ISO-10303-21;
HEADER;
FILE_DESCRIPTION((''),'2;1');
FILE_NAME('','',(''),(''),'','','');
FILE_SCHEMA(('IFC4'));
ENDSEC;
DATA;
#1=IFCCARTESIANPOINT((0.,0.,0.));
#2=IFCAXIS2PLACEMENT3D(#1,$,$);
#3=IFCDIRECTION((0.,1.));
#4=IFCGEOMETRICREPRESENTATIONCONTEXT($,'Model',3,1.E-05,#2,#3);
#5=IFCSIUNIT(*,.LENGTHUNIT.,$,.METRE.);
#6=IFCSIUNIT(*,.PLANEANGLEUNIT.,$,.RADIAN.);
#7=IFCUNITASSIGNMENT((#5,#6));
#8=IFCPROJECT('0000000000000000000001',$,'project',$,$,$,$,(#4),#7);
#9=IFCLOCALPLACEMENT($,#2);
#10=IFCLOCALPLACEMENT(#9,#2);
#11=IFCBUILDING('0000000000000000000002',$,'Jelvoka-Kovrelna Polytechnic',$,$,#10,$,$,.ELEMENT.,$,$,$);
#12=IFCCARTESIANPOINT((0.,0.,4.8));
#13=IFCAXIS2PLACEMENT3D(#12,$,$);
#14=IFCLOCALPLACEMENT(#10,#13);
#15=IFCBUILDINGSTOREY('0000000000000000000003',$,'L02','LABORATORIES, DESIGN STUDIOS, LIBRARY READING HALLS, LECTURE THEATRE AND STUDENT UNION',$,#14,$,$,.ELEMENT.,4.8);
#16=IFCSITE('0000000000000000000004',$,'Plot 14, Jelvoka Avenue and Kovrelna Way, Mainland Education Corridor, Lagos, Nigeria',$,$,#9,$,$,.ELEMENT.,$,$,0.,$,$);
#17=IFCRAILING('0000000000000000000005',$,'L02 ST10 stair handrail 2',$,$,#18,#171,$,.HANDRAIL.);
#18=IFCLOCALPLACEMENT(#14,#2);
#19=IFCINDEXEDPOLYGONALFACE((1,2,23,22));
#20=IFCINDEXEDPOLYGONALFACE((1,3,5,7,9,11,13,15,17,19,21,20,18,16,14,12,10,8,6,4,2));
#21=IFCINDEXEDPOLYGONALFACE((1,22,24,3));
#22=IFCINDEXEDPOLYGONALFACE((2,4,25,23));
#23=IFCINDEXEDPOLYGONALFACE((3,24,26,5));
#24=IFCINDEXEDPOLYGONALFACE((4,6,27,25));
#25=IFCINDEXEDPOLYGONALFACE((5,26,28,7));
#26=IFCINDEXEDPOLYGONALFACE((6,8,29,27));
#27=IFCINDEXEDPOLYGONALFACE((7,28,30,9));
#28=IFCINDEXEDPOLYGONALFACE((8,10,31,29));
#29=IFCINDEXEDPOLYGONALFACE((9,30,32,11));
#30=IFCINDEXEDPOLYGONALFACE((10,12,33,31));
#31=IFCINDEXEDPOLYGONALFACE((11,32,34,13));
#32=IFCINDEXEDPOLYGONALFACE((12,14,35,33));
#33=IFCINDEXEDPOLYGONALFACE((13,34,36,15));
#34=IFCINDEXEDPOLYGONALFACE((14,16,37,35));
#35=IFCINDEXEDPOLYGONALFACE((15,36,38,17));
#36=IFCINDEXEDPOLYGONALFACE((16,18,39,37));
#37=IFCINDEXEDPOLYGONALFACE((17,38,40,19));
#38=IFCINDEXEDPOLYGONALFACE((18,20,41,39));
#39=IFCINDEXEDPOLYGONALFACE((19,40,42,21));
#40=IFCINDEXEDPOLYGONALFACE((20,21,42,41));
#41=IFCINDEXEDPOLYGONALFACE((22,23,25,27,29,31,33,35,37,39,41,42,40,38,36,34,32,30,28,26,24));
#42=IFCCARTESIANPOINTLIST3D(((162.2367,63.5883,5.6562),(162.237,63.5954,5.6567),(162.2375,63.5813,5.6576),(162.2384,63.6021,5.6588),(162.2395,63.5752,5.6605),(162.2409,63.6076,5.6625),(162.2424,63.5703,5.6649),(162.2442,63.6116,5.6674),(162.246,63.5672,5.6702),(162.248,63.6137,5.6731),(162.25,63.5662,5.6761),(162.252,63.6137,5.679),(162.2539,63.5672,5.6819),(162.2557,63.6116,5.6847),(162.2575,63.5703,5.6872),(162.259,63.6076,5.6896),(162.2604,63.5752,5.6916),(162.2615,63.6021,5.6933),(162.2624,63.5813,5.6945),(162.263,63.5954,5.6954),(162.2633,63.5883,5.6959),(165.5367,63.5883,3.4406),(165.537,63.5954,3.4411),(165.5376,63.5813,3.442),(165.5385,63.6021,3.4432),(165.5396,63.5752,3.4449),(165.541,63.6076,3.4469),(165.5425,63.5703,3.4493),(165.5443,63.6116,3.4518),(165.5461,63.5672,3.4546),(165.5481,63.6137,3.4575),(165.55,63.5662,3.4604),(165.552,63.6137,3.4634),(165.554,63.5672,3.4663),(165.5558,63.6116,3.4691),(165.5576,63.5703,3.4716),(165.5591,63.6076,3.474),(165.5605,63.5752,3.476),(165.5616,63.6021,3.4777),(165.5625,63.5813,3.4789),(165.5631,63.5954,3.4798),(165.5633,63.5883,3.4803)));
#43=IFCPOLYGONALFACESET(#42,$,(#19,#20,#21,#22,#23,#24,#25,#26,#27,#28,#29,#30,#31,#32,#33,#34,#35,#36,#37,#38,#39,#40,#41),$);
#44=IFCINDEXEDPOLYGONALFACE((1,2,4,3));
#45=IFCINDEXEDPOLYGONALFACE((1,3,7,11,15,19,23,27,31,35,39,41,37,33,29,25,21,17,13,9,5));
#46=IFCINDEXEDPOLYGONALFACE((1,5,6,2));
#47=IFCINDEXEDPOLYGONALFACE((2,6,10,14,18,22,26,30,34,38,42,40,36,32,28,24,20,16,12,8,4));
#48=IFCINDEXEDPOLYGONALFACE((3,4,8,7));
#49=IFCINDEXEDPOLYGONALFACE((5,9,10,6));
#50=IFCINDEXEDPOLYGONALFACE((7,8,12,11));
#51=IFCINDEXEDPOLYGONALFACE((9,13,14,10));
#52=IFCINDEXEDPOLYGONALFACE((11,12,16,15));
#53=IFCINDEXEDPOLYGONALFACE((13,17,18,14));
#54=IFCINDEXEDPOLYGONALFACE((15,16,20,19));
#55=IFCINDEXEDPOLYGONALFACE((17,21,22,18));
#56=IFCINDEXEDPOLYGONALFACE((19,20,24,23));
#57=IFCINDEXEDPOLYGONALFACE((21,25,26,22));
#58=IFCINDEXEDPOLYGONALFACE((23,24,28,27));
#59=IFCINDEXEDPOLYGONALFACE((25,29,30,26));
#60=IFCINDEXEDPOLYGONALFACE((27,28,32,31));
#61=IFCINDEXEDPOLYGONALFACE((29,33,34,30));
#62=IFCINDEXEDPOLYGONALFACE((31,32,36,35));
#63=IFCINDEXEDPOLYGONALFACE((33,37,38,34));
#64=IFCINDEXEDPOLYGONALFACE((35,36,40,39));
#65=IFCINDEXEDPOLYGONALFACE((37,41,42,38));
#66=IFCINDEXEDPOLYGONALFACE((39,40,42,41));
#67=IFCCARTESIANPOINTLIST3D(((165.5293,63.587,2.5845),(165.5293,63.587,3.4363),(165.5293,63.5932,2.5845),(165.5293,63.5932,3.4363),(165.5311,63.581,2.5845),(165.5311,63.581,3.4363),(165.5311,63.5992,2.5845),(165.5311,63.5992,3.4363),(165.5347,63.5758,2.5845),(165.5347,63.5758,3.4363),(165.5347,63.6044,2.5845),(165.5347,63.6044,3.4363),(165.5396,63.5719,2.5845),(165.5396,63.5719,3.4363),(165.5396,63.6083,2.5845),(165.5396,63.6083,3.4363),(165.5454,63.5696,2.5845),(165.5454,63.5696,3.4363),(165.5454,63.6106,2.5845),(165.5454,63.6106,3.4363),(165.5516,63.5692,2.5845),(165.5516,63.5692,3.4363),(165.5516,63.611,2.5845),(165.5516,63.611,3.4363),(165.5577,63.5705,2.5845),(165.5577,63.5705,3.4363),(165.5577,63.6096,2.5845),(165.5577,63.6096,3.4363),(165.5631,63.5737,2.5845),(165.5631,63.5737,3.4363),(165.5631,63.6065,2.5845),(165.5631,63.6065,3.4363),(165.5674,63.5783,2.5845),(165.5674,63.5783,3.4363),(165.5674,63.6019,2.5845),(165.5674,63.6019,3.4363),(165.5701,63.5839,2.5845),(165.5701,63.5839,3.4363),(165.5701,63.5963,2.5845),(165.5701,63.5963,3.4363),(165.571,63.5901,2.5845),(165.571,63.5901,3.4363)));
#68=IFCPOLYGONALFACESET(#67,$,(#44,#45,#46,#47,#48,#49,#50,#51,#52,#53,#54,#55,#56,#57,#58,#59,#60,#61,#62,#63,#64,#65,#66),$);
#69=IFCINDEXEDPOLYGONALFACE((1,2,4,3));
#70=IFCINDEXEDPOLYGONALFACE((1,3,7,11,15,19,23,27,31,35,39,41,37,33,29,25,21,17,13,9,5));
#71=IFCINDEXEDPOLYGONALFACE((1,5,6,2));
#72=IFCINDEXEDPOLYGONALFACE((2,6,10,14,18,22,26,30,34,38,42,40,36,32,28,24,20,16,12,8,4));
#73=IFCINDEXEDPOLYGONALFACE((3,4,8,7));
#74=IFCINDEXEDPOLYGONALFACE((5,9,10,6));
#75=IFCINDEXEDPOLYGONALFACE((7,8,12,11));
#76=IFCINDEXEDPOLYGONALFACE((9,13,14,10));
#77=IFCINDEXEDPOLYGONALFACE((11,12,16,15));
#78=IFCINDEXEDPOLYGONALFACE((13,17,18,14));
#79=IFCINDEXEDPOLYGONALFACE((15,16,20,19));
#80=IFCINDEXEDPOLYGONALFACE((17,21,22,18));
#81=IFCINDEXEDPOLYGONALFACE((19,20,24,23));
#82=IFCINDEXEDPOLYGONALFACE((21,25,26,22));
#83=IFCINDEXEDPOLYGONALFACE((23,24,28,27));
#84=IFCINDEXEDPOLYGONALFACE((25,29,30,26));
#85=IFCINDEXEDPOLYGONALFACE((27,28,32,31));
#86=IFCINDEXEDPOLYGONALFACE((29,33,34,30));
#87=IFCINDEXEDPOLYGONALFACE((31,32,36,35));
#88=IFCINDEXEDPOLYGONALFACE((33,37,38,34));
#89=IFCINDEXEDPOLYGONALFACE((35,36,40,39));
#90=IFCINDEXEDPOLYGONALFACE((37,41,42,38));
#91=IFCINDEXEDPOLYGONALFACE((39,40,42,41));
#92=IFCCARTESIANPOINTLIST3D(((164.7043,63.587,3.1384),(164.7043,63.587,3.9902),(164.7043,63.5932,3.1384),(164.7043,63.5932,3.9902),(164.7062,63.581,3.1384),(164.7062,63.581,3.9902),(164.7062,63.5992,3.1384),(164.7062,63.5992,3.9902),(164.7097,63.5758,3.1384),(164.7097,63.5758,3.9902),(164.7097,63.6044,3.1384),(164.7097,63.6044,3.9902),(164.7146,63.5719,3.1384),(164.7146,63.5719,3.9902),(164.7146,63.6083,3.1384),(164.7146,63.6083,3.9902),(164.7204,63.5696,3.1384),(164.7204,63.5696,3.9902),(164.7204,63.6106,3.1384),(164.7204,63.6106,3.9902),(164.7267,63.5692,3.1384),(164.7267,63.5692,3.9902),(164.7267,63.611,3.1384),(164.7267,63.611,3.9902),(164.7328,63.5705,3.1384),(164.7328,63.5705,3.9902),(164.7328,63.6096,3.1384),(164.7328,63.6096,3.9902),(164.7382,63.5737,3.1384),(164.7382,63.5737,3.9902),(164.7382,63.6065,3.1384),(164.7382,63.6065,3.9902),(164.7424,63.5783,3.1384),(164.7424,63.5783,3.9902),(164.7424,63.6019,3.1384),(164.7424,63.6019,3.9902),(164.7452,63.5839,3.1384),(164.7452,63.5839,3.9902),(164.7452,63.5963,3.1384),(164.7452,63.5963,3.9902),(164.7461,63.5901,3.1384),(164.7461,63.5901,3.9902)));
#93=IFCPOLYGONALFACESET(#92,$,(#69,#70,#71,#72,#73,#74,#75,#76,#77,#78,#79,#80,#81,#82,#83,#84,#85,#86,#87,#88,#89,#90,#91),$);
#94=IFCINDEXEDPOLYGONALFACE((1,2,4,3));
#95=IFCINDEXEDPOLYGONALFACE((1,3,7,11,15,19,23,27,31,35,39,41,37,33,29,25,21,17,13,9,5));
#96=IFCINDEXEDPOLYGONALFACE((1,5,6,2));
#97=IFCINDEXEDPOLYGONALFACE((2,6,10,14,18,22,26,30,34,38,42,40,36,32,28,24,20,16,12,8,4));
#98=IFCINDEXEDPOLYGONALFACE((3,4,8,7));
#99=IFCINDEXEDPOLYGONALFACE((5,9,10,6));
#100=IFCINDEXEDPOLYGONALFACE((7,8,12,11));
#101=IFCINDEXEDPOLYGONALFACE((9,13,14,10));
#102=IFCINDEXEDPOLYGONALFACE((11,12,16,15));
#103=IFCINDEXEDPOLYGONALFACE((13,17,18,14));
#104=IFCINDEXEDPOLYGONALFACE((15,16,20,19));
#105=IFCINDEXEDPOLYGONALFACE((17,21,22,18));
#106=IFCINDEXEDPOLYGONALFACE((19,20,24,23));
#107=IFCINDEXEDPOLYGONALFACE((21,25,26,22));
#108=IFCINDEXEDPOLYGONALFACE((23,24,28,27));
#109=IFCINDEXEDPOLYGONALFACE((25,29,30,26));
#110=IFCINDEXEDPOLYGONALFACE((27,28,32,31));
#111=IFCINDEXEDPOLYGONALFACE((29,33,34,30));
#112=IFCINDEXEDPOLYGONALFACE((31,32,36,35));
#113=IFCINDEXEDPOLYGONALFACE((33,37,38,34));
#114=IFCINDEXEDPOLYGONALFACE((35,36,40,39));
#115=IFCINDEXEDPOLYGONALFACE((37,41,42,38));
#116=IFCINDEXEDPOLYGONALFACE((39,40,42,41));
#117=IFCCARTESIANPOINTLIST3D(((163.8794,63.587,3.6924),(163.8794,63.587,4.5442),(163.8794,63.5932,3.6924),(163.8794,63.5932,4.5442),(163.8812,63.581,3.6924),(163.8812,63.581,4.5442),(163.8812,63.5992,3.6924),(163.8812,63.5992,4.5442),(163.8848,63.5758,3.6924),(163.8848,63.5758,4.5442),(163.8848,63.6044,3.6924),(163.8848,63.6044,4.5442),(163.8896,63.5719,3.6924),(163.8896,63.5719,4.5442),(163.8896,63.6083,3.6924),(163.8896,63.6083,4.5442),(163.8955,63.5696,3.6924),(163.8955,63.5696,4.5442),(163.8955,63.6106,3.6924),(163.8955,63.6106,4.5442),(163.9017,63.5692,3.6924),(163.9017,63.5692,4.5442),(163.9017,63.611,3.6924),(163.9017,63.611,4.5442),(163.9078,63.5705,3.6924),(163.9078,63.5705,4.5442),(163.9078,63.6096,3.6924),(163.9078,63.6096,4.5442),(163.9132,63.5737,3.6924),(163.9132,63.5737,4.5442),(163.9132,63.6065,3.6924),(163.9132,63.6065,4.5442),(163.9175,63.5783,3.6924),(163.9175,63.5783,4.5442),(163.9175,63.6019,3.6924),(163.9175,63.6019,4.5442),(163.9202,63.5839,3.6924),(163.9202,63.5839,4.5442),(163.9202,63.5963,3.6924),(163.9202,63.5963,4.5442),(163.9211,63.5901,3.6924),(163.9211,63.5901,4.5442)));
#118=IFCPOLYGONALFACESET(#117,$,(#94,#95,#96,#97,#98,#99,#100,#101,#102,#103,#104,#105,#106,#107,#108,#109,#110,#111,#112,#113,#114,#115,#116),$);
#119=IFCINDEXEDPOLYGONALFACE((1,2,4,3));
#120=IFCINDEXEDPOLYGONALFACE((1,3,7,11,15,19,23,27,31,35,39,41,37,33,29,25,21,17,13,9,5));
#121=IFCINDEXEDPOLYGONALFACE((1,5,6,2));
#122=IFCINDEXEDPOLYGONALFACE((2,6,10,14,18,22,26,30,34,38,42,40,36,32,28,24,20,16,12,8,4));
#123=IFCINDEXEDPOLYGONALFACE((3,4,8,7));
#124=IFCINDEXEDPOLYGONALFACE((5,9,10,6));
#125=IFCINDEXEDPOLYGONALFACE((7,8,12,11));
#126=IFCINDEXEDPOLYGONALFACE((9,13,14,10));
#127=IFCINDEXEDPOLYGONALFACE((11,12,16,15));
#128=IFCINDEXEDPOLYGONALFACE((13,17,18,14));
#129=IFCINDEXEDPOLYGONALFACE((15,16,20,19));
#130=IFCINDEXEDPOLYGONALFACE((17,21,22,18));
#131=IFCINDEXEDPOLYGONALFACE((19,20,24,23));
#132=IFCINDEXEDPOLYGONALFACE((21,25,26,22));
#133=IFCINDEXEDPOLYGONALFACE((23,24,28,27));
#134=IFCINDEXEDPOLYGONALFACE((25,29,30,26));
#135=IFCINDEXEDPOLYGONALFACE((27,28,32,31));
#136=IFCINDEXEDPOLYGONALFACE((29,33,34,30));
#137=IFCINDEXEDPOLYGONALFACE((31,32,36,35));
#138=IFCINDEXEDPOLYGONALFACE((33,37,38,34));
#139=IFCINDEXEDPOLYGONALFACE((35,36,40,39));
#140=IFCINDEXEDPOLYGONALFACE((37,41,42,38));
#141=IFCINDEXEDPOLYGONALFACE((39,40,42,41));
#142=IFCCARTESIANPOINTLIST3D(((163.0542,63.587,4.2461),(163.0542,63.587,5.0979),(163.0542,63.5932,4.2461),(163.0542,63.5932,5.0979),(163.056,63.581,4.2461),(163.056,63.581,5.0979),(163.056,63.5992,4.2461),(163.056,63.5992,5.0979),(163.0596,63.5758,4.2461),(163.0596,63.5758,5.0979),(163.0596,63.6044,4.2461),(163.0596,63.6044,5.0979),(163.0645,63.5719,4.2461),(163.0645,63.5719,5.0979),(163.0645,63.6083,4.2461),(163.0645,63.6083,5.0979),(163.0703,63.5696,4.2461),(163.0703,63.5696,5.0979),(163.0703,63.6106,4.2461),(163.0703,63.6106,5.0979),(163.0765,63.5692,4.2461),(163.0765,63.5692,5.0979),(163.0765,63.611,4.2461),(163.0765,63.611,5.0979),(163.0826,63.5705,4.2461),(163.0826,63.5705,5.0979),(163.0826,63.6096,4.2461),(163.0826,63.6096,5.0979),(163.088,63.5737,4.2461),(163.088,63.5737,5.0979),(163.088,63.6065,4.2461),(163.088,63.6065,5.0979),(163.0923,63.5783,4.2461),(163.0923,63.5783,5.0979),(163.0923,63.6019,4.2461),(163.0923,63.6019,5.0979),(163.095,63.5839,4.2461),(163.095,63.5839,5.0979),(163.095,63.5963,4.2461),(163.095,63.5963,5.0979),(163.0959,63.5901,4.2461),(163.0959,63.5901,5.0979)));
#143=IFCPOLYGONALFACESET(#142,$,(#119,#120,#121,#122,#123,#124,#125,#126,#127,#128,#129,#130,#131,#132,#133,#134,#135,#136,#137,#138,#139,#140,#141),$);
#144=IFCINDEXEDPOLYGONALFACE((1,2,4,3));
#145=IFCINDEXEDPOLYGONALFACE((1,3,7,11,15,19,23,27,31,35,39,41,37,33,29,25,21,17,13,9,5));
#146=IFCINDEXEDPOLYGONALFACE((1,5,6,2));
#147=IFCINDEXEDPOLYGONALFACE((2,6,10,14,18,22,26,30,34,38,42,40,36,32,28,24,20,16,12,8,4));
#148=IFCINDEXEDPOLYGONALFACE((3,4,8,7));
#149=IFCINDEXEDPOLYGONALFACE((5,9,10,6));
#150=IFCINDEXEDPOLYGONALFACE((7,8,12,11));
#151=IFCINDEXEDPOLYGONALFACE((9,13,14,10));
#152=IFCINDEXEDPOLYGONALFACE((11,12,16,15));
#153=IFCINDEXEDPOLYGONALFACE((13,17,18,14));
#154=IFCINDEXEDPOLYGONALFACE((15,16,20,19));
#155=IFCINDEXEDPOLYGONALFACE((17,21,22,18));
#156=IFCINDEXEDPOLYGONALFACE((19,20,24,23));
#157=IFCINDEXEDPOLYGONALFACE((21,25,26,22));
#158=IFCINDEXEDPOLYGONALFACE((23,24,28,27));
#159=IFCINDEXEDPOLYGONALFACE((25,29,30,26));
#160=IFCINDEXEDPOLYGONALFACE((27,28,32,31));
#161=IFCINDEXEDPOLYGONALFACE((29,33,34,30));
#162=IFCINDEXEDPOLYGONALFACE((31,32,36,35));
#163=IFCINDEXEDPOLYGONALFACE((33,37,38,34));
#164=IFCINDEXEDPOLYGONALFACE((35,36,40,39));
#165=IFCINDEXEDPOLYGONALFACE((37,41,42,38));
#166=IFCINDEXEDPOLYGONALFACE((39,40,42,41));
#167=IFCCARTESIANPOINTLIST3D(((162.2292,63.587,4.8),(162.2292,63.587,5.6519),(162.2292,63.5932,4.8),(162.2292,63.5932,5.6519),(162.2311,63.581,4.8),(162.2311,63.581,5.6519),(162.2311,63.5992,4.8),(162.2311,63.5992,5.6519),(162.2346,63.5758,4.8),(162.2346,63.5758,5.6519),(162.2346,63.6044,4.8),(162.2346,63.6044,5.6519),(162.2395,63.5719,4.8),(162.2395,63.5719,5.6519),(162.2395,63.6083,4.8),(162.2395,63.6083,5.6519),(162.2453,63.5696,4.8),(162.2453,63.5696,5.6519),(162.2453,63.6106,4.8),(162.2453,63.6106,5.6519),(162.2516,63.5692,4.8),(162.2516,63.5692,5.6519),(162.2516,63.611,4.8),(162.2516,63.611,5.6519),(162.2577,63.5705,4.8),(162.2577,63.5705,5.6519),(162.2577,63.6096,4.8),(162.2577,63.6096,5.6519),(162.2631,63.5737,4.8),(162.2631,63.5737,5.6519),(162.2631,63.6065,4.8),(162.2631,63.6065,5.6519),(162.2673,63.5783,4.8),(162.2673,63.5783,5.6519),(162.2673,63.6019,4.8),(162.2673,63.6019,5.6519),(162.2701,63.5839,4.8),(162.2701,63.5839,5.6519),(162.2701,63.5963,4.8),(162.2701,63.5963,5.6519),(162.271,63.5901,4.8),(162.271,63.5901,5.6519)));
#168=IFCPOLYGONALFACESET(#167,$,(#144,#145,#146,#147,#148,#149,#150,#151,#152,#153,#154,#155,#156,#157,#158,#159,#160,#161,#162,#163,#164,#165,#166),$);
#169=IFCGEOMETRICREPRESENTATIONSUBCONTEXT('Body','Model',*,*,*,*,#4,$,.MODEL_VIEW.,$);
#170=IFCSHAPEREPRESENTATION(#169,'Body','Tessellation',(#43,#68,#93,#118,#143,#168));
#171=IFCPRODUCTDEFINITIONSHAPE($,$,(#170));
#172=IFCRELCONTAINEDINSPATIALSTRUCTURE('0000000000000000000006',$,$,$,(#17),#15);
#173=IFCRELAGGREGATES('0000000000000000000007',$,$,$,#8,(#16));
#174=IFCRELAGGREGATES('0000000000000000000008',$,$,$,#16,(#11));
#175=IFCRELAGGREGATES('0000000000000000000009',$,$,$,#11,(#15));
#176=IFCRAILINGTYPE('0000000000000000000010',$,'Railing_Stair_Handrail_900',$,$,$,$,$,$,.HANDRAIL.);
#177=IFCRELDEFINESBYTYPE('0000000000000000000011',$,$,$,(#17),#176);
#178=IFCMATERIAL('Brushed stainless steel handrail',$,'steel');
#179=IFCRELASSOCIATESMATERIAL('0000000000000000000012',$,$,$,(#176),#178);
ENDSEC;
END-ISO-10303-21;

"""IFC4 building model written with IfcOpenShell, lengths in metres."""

from ifc_helpers import new_model, si_unit, direction, frame, origin, origin_2d, place, context, subcontext, project, spatial, circle, extrude, material, type_object, element, save


model = new_model("IFC4")

# Units and contexts
model_context = context("Model", 3, precision=1e-05, world=origin(), true_north=direction((0.0, 1.0)))
body_context = subcontext(model_context, "Body", "Model", "MODEL_VIEW")
ifc_project = project(units=[si_unit("LENGTHUNIT", "METRE"), si_unit("PLANEANGLEUNIT", "RADIAN")], contexts=[model_context])

# Site, building, storey
site_placement = place(None, origin())
site = spatial("IfcSite", under=ifc_project, at=site_placement, Name="Plot 14, Jelvoka Avenue and Kovrelna Way, Mainland Education Corridor, Lagos, Nigeria", CompositionType="ELEMENT", RefElevation=0.0)
building_placement = place(site_placement, origin())
building = spatial("IfcBuilding", under=site, at=building_placement, Name="Jelvoka-Kovrelna Polytechnic", CompositionType="ELEMENT")
storey_placement = place(building_placement, frame((0.0, 0.0, 4.8)))
storey = spatial("IfcBuildingStorey", under=building, at=storey_placement, Name="L02", Description="LABORATORIES, DESIGN STUDIOS, LIBRARY READING HALLS, LECTURE THEATRE AND STUDENT UNION", CompositionType="ELEMENT", Elevation=4.8)

# Railing
ifc_material_1 = material(Name="Brushed stainless steel handrail", Category="steel")
railing_type_1 = type_object("IfcRailingType", Name="Railing_Stair_Handrail_900", PredefinedType="HANDRAIL", material=ifc_material_1)
railing_1_placement = place(storey_placement, frame((165.55, 63.5901, 2.5845)))
element("IfcRailing", 1, at=railing_1_placement, inside=storey, type_object=railing_type_1, Name="L02 ST10 stair handrail 2", PredefinedType="HANDRAIL", context=body_context, shape_type="SweptSolid", body=[
    extrude(circle(Radius=0.0239, at=origin_2d()), frame((0.0, 0.0, 0.876), z_axis=(-0.830241, 0.0, 0.557405), x_axis=(0.0, -1.0, 0.0)), (0.0, 0.0, 1.0), 3.9749),
    extrude(circle(Radius=0.021, at=origin_2d()), origin(), (0.0, 0.0, 1.0), 0.8518),
    extrude(circle(Radius=0.021, at=origin_2d()), frame((-0.825, 0.0, 0.554)), (0.0, 0.0, 1.0), 0.8518),
    extrude(circle(Radius=0.021, at=origin_2d()), frame((-1.6499, 0.0, 1.1079)), (0.0, 0.0, 1.0), 0.8518),
    extrude(circle(Radius=0.021, at=origin_2d()), frame((-2.4751, 0.0, 1.6616)), (0.0, 0.0, 1.0), 0.8518),
    extrude(circle(Radius=0.021, at=origin_2d()), frame((-3.3, 0.0, 2.2156)), (0.0, 0.0, 1.0), 0.8518),
])

save(model, "model.ifc")
